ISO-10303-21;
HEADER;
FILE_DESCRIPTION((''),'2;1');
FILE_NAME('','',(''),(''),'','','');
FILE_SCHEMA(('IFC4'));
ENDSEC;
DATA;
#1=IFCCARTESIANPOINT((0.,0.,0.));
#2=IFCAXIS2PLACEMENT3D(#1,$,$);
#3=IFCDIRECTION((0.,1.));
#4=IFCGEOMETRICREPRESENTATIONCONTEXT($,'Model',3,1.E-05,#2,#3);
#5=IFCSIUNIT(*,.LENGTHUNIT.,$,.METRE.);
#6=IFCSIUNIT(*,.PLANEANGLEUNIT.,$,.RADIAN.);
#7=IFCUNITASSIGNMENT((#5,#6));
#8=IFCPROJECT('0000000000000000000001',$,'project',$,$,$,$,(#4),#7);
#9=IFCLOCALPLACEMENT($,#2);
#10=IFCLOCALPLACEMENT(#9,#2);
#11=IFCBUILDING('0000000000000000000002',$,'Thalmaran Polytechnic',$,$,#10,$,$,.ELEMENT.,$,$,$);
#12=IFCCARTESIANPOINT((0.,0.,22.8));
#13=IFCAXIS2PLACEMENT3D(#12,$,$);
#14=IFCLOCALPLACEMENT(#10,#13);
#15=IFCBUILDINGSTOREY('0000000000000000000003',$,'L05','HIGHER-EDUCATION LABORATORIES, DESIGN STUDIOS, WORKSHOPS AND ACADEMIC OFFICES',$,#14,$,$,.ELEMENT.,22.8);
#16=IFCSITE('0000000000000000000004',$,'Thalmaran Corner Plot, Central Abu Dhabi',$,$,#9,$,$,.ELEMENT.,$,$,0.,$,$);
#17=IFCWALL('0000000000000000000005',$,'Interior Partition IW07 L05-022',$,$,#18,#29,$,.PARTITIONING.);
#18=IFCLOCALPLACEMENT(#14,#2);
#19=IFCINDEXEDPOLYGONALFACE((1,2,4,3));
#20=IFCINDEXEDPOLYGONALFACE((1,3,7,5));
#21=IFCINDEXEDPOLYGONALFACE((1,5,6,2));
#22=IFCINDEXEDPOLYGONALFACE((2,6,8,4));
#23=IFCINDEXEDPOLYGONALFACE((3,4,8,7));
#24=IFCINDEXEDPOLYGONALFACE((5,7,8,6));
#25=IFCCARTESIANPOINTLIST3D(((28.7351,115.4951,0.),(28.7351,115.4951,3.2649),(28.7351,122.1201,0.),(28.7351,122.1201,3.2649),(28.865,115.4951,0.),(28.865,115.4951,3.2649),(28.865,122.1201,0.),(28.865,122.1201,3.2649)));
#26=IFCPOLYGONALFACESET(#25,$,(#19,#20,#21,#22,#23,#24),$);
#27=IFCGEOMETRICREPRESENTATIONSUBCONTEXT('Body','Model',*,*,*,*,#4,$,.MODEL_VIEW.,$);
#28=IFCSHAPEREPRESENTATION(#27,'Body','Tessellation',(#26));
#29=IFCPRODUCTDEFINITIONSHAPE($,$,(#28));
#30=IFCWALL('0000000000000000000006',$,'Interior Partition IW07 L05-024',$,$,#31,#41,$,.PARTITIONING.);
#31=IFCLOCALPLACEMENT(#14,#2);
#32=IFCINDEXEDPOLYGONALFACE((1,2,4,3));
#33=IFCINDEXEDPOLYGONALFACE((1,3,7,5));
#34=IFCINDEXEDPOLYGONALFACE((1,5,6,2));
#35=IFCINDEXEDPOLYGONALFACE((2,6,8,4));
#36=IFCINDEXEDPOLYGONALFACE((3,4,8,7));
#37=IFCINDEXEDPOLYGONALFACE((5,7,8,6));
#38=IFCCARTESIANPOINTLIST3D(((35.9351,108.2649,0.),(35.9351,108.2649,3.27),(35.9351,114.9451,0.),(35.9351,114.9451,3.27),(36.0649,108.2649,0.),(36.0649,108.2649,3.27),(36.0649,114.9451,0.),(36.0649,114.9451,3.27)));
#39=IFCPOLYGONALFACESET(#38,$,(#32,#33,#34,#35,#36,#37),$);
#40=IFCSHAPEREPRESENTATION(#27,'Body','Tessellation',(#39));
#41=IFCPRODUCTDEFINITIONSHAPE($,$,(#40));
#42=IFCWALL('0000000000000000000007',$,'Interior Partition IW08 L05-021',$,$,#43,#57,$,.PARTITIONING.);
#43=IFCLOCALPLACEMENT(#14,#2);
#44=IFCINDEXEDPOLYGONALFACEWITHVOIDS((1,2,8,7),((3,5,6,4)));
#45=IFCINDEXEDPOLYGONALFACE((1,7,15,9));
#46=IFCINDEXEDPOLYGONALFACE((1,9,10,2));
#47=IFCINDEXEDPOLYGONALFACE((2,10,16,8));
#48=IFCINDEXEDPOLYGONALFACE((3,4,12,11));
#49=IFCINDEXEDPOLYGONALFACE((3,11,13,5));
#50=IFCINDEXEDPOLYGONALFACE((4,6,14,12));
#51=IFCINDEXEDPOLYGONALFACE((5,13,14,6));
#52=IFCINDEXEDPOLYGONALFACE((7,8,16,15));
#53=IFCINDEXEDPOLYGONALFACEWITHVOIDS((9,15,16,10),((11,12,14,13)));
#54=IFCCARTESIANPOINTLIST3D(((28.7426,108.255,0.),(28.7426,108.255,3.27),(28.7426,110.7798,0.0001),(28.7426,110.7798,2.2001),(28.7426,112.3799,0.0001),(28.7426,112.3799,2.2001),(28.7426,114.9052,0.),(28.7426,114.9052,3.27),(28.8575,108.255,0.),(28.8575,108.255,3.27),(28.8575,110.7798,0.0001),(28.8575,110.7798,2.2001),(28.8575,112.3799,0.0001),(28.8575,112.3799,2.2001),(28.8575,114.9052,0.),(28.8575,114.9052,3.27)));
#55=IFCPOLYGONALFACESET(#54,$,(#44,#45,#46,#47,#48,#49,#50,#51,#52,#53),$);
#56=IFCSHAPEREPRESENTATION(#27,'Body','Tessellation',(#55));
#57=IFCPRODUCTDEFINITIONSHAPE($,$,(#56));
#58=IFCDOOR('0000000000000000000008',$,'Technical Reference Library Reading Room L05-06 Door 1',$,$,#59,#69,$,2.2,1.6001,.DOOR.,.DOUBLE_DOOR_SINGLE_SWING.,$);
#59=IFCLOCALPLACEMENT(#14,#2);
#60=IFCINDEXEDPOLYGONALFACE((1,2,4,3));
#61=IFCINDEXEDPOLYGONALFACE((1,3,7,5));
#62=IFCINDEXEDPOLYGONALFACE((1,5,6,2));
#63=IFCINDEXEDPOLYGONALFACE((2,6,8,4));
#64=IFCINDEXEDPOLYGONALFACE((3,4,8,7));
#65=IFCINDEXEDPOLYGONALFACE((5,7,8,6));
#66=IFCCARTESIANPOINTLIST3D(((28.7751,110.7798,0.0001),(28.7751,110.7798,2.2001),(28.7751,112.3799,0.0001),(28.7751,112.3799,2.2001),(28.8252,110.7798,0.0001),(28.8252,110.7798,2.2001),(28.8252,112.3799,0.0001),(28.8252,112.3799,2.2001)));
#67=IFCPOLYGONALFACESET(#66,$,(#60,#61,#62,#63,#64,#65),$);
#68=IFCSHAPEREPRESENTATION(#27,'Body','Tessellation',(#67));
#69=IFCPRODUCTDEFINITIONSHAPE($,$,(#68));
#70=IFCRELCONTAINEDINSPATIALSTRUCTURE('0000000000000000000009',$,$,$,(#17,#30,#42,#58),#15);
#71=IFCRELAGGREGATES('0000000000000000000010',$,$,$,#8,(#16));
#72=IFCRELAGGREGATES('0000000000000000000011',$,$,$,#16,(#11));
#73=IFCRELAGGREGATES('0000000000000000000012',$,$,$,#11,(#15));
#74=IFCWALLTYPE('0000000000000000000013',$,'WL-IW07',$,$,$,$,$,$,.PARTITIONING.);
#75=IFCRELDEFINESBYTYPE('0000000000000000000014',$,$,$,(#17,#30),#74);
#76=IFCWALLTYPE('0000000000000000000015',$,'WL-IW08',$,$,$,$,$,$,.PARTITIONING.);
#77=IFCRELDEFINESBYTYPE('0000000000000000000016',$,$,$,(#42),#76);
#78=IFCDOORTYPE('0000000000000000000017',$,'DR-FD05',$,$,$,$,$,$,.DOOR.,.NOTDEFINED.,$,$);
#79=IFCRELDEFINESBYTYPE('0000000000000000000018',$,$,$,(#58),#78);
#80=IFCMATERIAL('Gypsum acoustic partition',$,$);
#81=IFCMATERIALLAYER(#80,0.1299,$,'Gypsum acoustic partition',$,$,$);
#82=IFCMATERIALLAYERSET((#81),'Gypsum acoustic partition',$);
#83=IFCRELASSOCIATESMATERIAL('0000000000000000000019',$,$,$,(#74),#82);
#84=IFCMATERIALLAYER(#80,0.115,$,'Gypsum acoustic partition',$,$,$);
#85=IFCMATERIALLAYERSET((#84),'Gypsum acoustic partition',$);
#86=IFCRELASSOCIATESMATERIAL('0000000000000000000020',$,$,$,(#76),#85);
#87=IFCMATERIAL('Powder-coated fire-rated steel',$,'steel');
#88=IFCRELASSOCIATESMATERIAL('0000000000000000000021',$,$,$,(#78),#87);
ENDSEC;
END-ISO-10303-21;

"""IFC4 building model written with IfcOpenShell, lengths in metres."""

from ifc_helpers import new_model, si_unit, direction, frame, frame_2d, origin, place, context, subcontext, project, spatial, rectangle, extrude, material, layer, layer_set, type_object, element, fill, save


model = new_model("IFC4")

# Units and contexts
model_context = context("Model", 3, precision=1e-05, world=origin(), true_north=direction((0.0, 1.0)))
body_context = subcontext(model_context, "Body", "Model", "MODEL_VIEW")
ifc_project = project(units=[si_unit("LENGTHUNIT", "METRE"), si_unit("PLANEANGLEUNIT", "RADIAN")], contexts=[model_context])

# Site, building, storey
site_placement = place(None, origin())
site = spatial("IfcSite", under=ifc_project, at=site_placement, Name="Thalmaran Corner Plot, Central Abu Dhabi", CompositionType="ELEMENT", RefElevation=0.0)
building_placement = place(site_placement, origin())
building = spatial("IfcBuilding", under=site, at=building_placement, Name="Thalmaran Polytechnic", CompositionType="ELEMENT")
storey_placement = place(building_placement, frame((0.0, 0.0, 22.8)))
storey = spatial("IfcBuildingStorey", under=building, at=storey_placement, Name="L05", Description="HIGHER-EDUCATION LABORATORIES, DESIGN STUDIOS, WORKSHOPS AND ACADEMIC OFFICES", CompositionType="ELEMENT", Elevation=22.8)

# Walls
ifc_material_1 = material(Name="Gypsum acoustic partition")
ifc_layer_1 = layer(ifc_material_1, 0.1299, Name="Gypsum acoustic partition")
ifc_layer_set_1 = layer_set([ifc_layer_1], Name="Gypsum acoustic partition")
wall_type_1 = type_object("IfcWallType", Name="WL-IW07", PredefinedType="PARTITIONING", material=ifc_layer_set_1)
wall_1_placement = place(storey_placement, frame((28.8, 115.4951, 0.0), z_axis=(0.0, 0.0, 1.0), x_axis=(0.0, 1.0, 0.0)))
element("IfcWall", 1, at=wall_1_placement, inside=storey, type_object=wall_type_1, Name="Interior Partition IW07 L05-022", PredefinedType="PARTITIONING", context=body_context, shape_type="SweptSolid", body=[
    extrude(rectangle(XDim=6.625, YDim=0.1299, at=frame_2d((3.3125, 0.0))), origin(), (0.0, 0.0, 1.0), 3.2649),
])
wall_2_placement = place(storey_placement, frame((36.0, 108.2649, 0.0), z_axis=(0.0, 0.0, 1.0), x_axis=(0.0, 1.0, 0.0)))
element("IfcWall", 2, at=wall_2_placement, inside=storey, type_object=wall_type_1, Name="Interior Partition IW07 L05-024", PredefinedType="PARTITIONING", context=body_context, shape_type="SweptSolid", body=[
    extrude(rectangle(XDim=6.6802, YDim=0.1299, at=frame_2d((3.3401, 0.0))), origin(), (0.0, 0.0, 1.0), 3.27),
])

# Wall, opening, door
ifc_layer_2 = layer(ifc_material_1, 0.115, Name="Gypsum acoustic partition")
ifc_layer_set_2 = layer_set([ifc_layer_2], Name="Gypsum acoustic partition")
wall_type_2 = type_object("IfcWallType", Name="WL-IW08", PredefinedType="PARTITIONING", material=ifc_layer_set_2)
wall_3_placement = place(storey_placement, frame((28.8, 108.2549, 0.0), z_axis=(0.0, 0.0, 1.0), x_axis=(0.0, 1.0, 0.0)))
wall_3 = element("IfcWall", 3, at=wall_3_placement, inside=storey, type_object=wall_type_2, Name="Interior Partition IW08 L05-021", PredefinedType="PARTITIONING", context=body_context, shape_type="SweptSolid", body=[
    extrude(rectangle(XDim=6.6501, YDim=0.115, at=frame_2d((3.3252, 0.0))), origin(), (0.0, 0.0, 1.0), 3.27),
])
opening_1_placement = place(wall_3_placement, frame((2.5249, 0.0, 0.0)))
opening_1 = element("IfcOpeningElement", 4, at=opening_1_placement, cuts=wall_3, PredefinedType="OPENING", context=body_context, shape_type="SweptSolid", body=[
    extrude(rectangle(XDim=1.6001, YDim=2.2, at=frame_2d((0.8, 1.1001))), frame((0.0, 0.0674, 0.0), z_axis=(0.0, -1.0, 0.0), x_axis=(1.0, 0.0, 0.0)), (0.0, 0.0, 1.0), 0.135),
])
ifc_material_2 = material(Name="Powder-coated fire-rated steel", Category="steel")
door_type = type_object("IfcDoorType", Name="DR-FD05", OperationType="NOTDEFINED", PredefinedType="DOOR", material=ifc_material_2)
door_placement = place(opening_1_placement, origin())
door = element("IfcDoor", 5, at=door_placement, inside=storey, type_object=door_type, Name="Technical Reference Library Reading Room L05-06 Door 1", OperationType="DOUBLE_DOOR_SINGLE_SWING", OverallHeight=2.2, OverallWidth=1.6001, PredefinedType="DOOR", context=body_context, shape_type="SweptSolid", body=[
    extrude(rectangle(XDim=1.6001, YDim=2.2, at=frame_2d((0.8, 1.1001))), frame((0.0, 0.0249, 0.0), z_axis=(0.0, -1.0, 0.0), x_axis=(1.0, 0.0, 0.0)), (0.0, 0.0, 1.0), 0.05),
])
fill(opening_1, door)

save(model, "model.ifc")
